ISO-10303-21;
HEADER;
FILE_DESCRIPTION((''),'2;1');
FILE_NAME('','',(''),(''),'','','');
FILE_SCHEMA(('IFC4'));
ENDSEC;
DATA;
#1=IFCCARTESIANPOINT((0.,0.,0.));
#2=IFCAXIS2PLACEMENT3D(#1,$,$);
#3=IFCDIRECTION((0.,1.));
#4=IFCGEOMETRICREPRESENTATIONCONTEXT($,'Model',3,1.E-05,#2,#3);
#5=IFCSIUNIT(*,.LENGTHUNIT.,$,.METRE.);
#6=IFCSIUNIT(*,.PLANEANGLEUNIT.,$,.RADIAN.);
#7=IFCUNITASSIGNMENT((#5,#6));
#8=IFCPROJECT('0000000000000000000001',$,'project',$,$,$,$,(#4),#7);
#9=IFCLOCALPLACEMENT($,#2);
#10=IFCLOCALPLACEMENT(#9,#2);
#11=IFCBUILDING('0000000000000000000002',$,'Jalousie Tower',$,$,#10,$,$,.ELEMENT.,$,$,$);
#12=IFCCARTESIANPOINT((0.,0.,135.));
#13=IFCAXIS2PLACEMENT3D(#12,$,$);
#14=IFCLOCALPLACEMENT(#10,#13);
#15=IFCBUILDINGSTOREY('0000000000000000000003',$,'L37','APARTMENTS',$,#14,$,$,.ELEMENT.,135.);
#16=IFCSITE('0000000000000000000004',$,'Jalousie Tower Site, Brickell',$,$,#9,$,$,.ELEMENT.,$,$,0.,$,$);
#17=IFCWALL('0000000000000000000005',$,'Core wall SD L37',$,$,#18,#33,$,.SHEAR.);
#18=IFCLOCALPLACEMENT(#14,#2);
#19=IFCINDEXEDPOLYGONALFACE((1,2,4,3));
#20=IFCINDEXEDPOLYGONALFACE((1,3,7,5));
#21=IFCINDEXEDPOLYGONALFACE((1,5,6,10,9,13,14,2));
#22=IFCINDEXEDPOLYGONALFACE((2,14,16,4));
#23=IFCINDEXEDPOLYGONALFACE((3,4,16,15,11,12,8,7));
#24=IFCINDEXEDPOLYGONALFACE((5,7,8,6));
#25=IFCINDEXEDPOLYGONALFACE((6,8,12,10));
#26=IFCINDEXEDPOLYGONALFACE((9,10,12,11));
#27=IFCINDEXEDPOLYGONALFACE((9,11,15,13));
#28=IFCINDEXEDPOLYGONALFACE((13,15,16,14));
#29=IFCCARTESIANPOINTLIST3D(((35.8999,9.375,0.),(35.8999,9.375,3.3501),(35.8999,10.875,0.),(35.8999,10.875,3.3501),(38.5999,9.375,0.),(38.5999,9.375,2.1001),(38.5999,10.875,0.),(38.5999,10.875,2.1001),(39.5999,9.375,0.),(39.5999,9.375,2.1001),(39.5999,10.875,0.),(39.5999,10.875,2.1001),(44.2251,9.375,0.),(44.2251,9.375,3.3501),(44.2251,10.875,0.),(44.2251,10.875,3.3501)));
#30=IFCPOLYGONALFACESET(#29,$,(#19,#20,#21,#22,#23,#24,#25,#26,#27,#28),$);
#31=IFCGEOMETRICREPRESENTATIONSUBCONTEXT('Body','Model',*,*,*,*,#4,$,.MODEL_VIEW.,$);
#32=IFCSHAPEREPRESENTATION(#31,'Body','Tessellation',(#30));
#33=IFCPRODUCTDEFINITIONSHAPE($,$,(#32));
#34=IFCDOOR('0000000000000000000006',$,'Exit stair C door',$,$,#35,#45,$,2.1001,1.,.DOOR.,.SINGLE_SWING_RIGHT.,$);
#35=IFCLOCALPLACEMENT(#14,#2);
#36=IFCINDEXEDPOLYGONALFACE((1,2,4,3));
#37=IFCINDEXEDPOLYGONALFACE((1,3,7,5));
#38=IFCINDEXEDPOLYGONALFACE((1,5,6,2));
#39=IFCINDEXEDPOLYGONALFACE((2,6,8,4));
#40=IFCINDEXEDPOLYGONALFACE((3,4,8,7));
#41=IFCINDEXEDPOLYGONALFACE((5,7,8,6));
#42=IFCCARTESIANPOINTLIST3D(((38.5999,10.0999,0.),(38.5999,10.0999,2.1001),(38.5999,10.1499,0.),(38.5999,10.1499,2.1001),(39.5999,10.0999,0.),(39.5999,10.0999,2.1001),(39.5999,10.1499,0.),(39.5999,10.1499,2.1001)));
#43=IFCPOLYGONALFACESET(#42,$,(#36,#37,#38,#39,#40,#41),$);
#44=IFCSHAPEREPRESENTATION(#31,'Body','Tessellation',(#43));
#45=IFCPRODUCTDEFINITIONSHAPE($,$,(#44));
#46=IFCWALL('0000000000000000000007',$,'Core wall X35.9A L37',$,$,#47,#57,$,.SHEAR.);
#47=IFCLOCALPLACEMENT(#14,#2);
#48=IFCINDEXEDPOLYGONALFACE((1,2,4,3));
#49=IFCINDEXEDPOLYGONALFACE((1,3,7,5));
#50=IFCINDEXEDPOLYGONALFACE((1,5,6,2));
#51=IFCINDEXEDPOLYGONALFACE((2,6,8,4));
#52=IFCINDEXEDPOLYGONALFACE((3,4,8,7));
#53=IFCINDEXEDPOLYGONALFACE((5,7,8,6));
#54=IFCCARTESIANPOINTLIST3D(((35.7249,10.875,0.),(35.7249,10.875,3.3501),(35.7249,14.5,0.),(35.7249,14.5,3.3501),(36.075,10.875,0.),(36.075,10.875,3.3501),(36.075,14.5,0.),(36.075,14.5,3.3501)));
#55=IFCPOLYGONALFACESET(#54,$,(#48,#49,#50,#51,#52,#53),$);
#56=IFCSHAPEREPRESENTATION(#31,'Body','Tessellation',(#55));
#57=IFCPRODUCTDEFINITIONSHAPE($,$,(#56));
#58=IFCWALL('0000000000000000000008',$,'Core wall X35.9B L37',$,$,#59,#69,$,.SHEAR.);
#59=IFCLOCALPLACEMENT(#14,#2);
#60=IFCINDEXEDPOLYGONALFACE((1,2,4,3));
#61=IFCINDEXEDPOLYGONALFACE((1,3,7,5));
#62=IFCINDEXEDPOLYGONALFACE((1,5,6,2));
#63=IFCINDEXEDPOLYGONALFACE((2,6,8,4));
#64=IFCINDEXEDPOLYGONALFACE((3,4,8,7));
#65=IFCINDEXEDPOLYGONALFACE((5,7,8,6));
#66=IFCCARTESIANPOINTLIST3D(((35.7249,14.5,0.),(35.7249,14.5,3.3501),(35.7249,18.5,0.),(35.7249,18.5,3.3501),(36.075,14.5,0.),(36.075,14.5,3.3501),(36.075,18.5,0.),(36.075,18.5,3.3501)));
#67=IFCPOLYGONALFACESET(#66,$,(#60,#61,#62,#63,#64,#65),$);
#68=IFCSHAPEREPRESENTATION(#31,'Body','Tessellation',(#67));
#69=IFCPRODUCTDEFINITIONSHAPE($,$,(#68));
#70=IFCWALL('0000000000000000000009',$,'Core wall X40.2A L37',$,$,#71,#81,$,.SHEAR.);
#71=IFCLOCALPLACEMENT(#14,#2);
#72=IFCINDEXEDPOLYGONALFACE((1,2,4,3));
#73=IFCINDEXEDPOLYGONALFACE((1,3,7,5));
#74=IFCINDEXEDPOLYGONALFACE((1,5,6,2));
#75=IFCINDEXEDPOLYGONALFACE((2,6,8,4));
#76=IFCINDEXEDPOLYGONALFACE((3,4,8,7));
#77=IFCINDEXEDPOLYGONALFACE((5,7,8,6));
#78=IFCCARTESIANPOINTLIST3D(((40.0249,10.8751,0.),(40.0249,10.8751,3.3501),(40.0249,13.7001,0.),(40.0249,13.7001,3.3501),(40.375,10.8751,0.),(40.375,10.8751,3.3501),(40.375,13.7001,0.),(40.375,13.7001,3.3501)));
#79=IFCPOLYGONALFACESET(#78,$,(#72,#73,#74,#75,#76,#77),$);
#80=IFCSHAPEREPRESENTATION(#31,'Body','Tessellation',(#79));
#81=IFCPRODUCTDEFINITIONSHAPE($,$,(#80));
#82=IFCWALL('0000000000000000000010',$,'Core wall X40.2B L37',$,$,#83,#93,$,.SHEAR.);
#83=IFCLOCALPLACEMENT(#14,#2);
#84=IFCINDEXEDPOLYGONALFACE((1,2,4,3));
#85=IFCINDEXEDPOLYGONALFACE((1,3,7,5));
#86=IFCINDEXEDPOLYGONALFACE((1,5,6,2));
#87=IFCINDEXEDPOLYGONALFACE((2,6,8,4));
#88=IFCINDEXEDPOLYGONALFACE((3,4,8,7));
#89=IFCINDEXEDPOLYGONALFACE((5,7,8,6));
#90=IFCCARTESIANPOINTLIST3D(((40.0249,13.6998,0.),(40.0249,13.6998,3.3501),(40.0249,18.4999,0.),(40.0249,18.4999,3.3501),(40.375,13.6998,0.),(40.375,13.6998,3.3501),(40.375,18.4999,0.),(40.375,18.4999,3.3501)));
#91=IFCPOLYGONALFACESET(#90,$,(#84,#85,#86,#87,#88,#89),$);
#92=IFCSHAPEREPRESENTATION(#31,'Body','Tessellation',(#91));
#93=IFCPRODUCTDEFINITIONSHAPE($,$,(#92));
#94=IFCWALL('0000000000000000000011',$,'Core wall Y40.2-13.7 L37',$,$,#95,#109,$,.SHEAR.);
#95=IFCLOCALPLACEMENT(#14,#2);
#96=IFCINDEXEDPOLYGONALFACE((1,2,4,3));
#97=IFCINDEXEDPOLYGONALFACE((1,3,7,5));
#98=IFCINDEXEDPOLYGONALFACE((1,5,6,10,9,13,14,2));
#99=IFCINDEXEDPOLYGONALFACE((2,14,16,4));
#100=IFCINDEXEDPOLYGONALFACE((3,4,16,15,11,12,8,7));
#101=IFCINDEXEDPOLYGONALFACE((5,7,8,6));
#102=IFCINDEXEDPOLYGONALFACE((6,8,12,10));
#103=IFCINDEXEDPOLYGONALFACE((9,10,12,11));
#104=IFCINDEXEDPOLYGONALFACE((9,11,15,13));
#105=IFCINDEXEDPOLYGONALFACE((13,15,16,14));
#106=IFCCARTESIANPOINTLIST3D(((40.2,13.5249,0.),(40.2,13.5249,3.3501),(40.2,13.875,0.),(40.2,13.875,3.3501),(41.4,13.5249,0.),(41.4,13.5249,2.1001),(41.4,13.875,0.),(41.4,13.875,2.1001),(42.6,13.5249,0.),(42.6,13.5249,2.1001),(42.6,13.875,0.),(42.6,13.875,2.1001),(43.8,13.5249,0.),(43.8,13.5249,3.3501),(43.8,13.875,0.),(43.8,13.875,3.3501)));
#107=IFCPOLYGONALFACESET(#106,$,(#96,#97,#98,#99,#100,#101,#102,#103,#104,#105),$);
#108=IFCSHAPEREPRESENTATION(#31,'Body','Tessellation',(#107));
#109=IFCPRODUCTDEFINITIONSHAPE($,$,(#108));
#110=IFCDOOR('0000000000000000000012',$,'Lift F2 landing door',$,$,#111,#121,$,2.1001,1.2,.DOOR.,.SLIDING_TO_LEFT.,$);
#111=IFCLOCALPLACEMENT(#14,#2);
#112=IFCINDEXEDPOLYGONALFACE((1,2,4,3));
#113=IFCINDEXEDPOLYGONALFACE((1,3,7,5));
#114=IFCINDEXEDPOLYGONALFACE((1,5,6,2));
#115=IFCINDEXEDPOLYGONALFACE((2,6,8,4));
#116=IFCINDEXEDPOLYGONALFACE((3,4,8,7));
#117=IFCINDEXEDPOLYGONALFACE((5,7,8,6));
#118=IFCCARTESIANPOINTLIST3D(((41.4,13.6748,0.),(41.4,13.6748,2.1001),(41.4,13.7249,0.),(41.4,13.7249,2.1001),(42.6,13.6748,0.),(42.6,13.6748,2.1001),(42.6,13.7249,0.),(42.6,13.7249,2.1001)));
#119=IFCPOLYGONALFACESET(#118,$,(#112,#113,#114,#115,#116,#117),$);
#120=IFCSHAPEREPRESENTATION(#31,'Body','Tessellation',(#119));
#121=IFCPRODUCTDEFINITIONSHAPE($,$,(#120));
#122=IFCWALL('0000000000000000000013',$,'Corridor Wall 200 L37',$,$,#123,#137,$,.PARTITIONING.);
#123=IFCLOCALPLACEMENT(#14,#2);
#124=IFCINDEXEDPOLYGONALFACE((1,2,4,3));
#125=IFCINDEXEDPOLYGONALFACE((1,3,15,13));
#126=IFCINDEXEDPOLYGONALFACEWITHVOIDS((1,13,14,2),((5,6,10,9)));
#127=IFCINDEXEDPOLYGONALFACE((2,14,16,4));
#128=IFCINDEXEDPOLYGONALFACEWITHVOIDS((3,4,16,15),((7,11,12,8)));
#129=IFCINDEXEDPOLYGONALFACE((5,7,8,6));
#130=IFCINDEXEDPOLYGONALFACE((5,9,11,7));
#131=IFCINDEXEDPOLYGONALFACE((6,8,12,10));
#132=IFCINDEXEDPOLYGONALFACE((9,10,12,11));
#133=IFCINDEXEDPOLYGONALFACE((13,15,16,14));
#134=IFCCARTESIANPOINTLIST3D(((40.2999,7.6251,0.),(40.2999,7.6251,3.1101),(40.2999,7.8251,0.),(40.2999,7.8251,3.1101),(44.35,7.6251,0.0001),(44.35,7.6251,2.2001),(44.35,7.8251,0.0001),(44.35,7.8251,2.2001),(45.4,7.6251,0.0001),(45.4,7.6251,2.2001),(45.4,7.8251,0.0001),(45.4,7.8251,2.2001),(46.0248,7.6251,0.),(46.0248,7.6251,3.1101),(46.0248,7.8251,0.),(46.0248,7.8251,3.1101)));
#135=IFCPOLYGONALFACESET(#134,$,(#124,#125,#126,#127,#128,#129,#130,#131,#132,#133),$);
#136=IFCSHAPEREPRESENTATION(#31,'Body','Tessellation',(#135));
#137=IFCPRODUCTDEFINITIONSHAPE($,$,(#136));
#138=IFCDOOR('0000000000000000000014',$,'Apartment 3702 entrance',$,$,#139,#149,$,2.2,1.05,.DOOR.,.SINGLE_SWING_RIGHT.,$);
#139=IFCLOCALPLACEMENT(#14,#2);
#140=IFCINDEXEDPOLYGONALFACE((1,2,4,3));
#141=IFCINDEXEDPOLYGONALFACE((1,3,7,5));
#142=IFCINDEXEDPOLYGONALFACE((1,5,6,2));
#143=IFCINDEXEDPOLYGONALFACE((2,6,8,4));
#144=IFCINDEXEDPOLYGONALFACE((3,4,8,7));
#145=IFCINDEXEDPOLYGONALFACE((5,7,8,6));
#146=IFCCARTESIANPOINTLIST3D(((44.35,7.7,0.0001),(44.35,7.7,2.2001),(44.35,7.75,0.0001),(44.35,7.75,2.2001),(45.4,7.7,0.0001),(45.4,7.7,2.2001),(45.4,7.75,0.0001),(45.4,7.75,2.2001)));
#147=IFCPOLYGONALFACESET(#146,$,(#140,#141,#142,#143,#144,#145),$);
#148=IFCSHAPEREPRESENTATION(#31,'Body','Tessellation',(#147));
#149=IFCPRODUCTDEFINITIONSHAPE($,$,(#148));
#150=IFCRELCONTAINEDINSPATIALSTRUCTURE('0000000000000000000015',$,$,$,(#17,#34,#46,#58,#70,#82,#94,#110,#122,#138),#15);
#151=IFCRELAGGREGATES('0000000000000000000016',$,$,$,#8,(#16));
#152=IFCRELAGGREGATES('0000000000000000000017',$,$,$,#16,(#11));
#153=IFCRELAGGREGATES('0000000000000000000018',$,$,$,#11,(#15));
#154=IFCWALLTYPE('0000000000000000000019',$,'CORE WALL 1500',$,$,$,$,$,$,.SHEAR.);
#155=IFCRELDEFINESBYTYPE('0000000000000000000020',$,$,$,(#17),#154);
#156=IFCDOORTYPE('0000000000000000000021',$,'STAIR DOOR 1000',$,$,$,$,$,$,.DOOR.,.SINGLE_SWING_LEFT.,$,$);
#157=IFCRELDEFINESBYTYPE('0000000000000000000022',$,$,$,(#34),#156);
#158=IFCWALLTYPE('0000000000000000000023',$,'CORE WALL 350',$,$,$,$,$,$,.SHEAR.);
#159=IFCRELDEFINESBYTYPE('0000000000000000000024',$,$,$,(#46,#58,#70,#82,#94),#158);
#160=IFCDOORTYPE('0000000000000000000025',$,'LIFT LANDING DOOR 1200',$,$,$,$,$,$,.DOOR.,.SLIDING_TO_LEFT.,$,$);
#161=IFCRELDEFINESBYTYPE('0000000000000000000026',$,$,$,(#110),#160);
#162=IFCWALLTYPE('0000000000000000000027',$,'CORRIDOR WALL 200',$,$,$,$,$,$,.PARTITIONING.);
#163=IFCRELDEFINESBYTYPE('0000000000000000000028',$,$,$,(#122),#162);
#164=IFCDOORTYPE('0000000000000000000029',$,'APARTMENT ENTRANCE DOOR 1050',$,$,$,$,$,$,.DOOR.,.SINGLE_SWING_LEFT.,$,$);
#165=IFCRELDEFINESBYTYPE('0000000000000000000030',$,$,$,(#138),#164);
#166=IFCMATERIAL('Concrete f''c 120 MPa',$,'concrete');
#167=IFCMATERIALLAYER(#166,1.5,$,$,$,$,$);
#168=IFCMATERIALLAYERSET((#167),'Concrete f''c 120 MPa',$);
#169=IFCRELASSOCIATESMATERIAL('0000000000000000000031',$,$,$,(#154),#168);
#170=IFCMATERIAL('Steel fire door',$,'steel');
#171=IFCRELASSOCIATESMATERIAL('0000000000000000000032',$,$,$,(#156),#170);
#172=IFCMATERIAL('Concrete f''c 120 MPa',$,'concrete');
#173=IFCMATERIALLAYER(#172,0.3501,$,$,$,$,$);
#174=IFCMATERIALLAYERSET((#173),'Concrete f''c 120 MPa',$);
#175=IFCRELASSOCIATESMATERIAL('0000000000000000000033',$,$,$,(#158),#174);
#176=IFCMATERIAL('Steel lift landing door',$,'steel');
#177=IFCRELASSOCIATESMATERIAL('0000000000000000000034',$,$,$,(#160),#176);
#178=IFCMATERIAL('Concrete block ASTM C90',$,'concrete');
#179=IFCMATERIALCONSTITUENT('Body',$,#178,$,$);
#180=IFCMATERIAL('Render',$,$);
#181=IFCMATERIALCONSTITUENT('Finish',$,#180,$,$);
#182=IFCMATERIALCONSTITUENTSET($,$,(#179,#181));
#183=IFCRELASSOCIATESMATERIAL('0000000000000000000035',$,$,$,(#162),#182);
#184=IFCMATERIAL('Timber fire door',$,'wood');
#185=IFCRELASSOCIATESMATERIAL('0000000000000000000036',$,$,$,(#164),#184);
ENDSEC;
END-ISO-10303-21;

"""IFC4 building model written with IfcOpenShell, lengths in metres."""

from ifc_helpers import new_model, si_unit, direction, frame, frame_2d, origin, place, context, subcontext, project, spatial, rectangle, extrude, material, layer, layer_set, constituent, constituent_set, type_object, element, fill, save


model = new_model("IFC4")

# Units and contexts
model_context = context("Model", 3, precision=1e-05, world=origin(), true_north=direction((0.0, 1.0)))
body_context = subcontext(model_context, "Body", "Model", "MODEL_VIEW")
ifc_project = project(units=[si_unit("LENGTHUNIT", "METRE"), si_unit("PLANEANGLEUNIT", "RADIAN")], contexts=[model_context])

# Site, building, storey
site_placement = place(None, origin())
site = spatial("IfcSite", under=ifc_project, at=site_placement, Name="Jalousie Tower Site, Brickell", CompositionType="ELEMENT", RefElevation=0.0)
building_placement = place(site_placement, origin())
building = spatial("IfcBuilding", under=site, at=building_placement, Name="Jalousie Tower", CompositionType="ELEMENT")
storey_placement = place(building_placement, frame((0.0, 0.0, 135.0)))
storey = spatial("IfcBuildingStorey", under=building, at=storey_placement, Name="L37", Description="APARTMENTS", CompositionType="ELEMENT", Elevation=135.0)

# Wall, opening, door
ifc_material_1 = material(Name="Concrete f'c 120 MPa", Category="concrete")
ifc_layer_1 = layer(ifc_material_1, 1.5)
ifc_layer_set_1 = layer_set([ifc_layer_1], Name="Concrete f'c 120 MPa")
wall_type_1 = type_object("IfcWallType", Name="CORE WALL 1500", PredefinedType="SHEAR", material=ifc_layer_set_1)
wall_1_placement = place(storey_placement, frame((35.8999, 10.125, 0.0), z_axis=(0.0, 0.0, 1.0), x_axis=(1.0, 0.0, 0.0)))
wall_1 = element("IfcWall", 1, at=wall_1_placement, inside=storey, type_object=wall_type_1, Name="Core wall SD L37", PredefinedType="SHEAR", context=body_context, shape_type="SweptSolid", body=[
    extrude(rectangle(XDim=8.3252, YDim=1.5, at=frame_2d((4.1626, 0.0))), origin(), (0.0, 0.0, 1.0), 3.3501),
])
opening_1_placement = place(wall_1_placement, frame((2.7, 0.0, 0.0)))
opening_1 = element("IfcOpeningElement", 2, at=opening_1_placement, cuts=wall_1, PredefinedType="OPENING", context=body_context, shape_type="SweptSolid", body=[
    extrude(rectangle(XDim=1.0, YDim=2.1001, at=frame_2d((0.5, 1.05))), frame((0.0, 0.76, 0.0), z_axis=(0.0, -1.0, 0.0), x_axis=(1.0, 0.0, 0.0)), (0.0, 0.0, 1.0), 1.52),
])
ifc_material_2 = material(Name="Steel fire door", Category="steel")
door_type_1 = type_object("IfcDoorType", Name="STAIR DOOR 1000", OperationType="SINGLE_SWING_LEFT", PredefinedType="DOOR", material=ifc_material_2)
door_1_placement = place(opening_1_placement, origin())
door_1 = element("IfcDoor", 3, at=door_1_placement, inside=storey, type_object=door_type_1, Name="Exit stair C door", OperationType="SINGLE_SWING_RIGHT", OverallHeight=2.1001, OverallWidth=1.0, PredefinedType="DOOR", context=body_context, shape_type="SweptSolid", body=[
    extrude(rectangle(XDim=1.0, YDim=2.1001, at=frame_2d((0.5, 1.05))), frame((0.0, 0.0249, 0.0), z_axis=(0.0, -1.0, 0.0), x_axis=(1.0, 0.0, 0.0)), (0.0, 0.0, 1.0), 0.05),
])
fill(opening_1, door_1)

# Walls
ifc_material_3 = material(Name="Concrete f'c 120 MPa", Category="concrete")
ifc_layer_2 = layer(ifc_material_3, 0.3501)
ifc_layer_set_2 = layer_set([ifc_layer_2], Name="Concrete f'c 120 MPa")
wall_type_2 = type_object("IfcWallType", Name="CORE WALL 350", PredefinedType="SHEAR", material=ifc_layer_set_2)
wall_2_placement = place(storey_placement, frame((35.8999, 10.875, 0.0), z_axis=(0.0, 0.0, 1.0), x_axis=(0.0, 1.0, 0.0)))
element("IfcWall", 4, at=wall_2_placement, inside=storey, type_object=wall_type_2, Name="Core wall X35.9A L37", PredefinedType="SHEAR", context=body_context, shape_type="SweptSolid", body=[
    extrude(rectangle(XDim=3.625, YDim=0.3501, at=frame_2d((1.8125, 0.0))), origin(), (0.0, 0.0, 1.0), 3.3501),
])
wall_3_placement = place(storey_placement, frame((35.8999, 14.5, 0.0), z_axis=(0.0, 0.0, 1.0), x_axis=(0.0, 1.0, 0.0)))
element("IfcWall", 5, at=wall_3_placement, inside=storey, type_object=wall_type_2, Name="Core wall X35.9B L37", PredefinedType="SHEAR", context=body_context, shape_type="SweptSolid", body=[
    extrude(rectangle(XDim=4.0, YDim=0.3501, at=frame_2d((2.0, 0.0))), origin(), (0.0, 0.0, 1.0), 3.3501),
])
wall_4_placement = place(storey_placement, frame((40.2, 10.875, 0.0), z_axis=(0.0, 0.0, 1.0), x_axis=(0.0, 1.0, 0.0)))
element("IfcWall", 6, at=wall_4_placement, inside=storey, type_object=wall_type_2, Name="Core wall X40.2A L37", PredefinedType="SHEAR", context=body_context, shape_type="SweptSolid", body=[
    extrude(rectangle(XDim=2.825, YDim=0.3501, at=frame_2d((1.4126, 0.0))), origin(), (0.0, 0.0, 1.0), 3.3501),
])
wall_5_placement = place(storey_placement, frame((40.2, 13.7, 0.0), z_axis=(0.0, 0.0, 1.0), x_axis=(0.0, 1.0, 0.0)))
element("IfcWall", 7, at=wall_5_placement, inside=storey, type_object=wall_type_2, Name="Core wall X40.2B L37", PredefinedType="SHEAR", context=body_context, shape_type="SweptSolid", body=[
    extrude(rectangle(XDim=4.8, YDim=0.3501, at=frame_2d((2.3999, 0.0))), origin(), (0.0, 0.0, 1.0), 3.3501),
])

# Walls, openings, doors
wall_6_placement = place(storey_placement, frame((40.2, 13.7, 0.0), z_axis=(0.0, 0.0, 1.0), x_axis=(1.0, 0.0, 0.0)))
wall_6 = element("IfcWall", 8, at=wall_6_placement, inside=storey, type_object=wall_type_2, Name="Core wall Y40.2-13.7 L37", PredefinedType="SHEAR", context=body_context, shape_type="SweptSolid", body=[
    extrude(rectangle(XDim=3.6001, YDim=0.3501, at=frame_2d((1.8, 0.0))), origin(), (0.0, 0.0, 1.0), 3.3501),
])
opening_2_placement = place(wall_6_placement, frame((1.2, 0.0, 0.0)))
opening_2 = element("IfcOpeningElement", 9, at=opening_2_placement, cuts=wall_6, PredefinedType="OPENING", context=body_context, shape_type="SweptSolid", body=[
    extrude(rectangle(XDim=1.2, YDim=2.1001, at=frame_2d((0.6001, 1.05))), frame((0.0, 0.1851, 0.0), z_axis=(0.0, -1.0, 0.0), x_axis=(1.0, 0.0, 0.0)), (0.0, 0.0, 1.0), 0.3701),
])
ifc_material_4 = material(Name="Steel lift landing door", Category="steel")
door_type_2 = type_object("IfcDoorType", Name="LIFT LANDING DOOR 1200", OperationType="SLIDING_TO_LEFT", PredefinedType="DOOR", material=ifc_material_4)
door_2_placement = place(opening_2_placement, origin())
door_2 = element("IfcDoor", 10, at=door_2_placement, inside=storey, type_object=door_type_2, Name="Lift F2 landing door", OperationType="SLIDING_TO_LEFT", OverallHeight=2.1001, OverallWidth=1.2, PredefinedType="DOOR", context=body_context, shape_type="SweptSolid", body=[
    extrude(rectangle(XDim=1.2, YDim=2.1001, at=frame_2d((0.6001, 1.05))), frame((0.0, 0.0249, 0.0), z_axis=(0.0, -1.0, 0.0), x_axis=(1.0, 0.0, 0.0)), (0.0, 0.0, 1.0), 0.05),
])
fill(opening_2, door_2)
ifc_material_5 = material(Name="Concrete block ASTM C90", Category="concrete")
ifc_constituent_1 = constituent(ifc_material_5, Name="Body")
ifc_material_6 = material(Name="Render")
ifc_constituent_2 = constituent(ifc_material_6, Name="Finish")
ifc_constituent_set_1 = constituent_set(constituents=[ifc_constituent_1, ifc_constituent_2])
wall_type_3 = type_object("IfcWallType", Name="CORRIDOR WALL 200", PredefinedType="PARTITIONING", material=ifc_constituent_set_1)
wall_7_placement = place(storey_placement, frame((40.3, 7.7251, 0.0), z_axis=(0.0, 0.0, 1.0), x_axis=(1.0, 0.0, 0.0)))
wall_7 = element("IfcWall", 11, at=wall_7_placement, inside=storey, type_object=wall_type_3, Name="Corridor Wall 200 L37", PredefinedType="PARTITIONING", context=body_context, shape_type="SweptSolid", body=[
    extrude(rectangle(XDim=5.7249, YDim=0.2, at=frame_2d((2.8623, 0.0))), origin(), (0.0, 0.0, 1.0), 3.1101),
])
opening_3_placement = place(wall_7_placement, frame((4.05, 0.0, 0.0)))
opening_3 = element("IfcOpeningElement", 12, at=opening_3_placement, cuts=wall_7, PredefinedType="OPENING", context=body_context, shape_type="SweptSolid", body=[
    extrude(rectangle(XDim=1.05, YDim=2.2, at=frame_2d((0.5249, 1.1001))), frame((0.0, 0.1099, 0.0), z_axis=(0.0, -1.0, 0.0), x_axis=(1.0, 0.0, 0.0)), (0.0, 0.0, 1.0), 0.22),
])
ifc_material_7 = material(Name="Timber fire door", Category="wood")
door_type_3 = type_object("IfcDoorType", Name="APARTMENT ENTRANCE DOOR 1050", OperationType="SINGLE_SWING_LEFT", PredefinedType="DOOR", material=ifc_material_7)
door_3_placement = place(opening_3_placement, origin())
door_3 = element("IfcDoor", 13, at=door_3_placement, inside=storey, type_object=door_type_3, Name="Apartment 3702 entrance", OperationType="SINGLE_SWING_RIGHT", OverallHeight=2.2, OverallWidth=1.05, PredefinedType="DOOR", context=body_context, shape_type="SweptSolid", body=[
    extrude(rectangle(XDim=1.05, YDim=2.2, at=frame_2d((0.5249, 1.1001))), frame((0.0, 0.0249, 0.0), z_axis=(0.0, -1.0, 0.0), x_axis=(1.0, 0.0, 0.0)), (0.0, 0.0, 1.0), 0.05),
])
fill(opening_3, door_3)

save(model, "model.ifc")
